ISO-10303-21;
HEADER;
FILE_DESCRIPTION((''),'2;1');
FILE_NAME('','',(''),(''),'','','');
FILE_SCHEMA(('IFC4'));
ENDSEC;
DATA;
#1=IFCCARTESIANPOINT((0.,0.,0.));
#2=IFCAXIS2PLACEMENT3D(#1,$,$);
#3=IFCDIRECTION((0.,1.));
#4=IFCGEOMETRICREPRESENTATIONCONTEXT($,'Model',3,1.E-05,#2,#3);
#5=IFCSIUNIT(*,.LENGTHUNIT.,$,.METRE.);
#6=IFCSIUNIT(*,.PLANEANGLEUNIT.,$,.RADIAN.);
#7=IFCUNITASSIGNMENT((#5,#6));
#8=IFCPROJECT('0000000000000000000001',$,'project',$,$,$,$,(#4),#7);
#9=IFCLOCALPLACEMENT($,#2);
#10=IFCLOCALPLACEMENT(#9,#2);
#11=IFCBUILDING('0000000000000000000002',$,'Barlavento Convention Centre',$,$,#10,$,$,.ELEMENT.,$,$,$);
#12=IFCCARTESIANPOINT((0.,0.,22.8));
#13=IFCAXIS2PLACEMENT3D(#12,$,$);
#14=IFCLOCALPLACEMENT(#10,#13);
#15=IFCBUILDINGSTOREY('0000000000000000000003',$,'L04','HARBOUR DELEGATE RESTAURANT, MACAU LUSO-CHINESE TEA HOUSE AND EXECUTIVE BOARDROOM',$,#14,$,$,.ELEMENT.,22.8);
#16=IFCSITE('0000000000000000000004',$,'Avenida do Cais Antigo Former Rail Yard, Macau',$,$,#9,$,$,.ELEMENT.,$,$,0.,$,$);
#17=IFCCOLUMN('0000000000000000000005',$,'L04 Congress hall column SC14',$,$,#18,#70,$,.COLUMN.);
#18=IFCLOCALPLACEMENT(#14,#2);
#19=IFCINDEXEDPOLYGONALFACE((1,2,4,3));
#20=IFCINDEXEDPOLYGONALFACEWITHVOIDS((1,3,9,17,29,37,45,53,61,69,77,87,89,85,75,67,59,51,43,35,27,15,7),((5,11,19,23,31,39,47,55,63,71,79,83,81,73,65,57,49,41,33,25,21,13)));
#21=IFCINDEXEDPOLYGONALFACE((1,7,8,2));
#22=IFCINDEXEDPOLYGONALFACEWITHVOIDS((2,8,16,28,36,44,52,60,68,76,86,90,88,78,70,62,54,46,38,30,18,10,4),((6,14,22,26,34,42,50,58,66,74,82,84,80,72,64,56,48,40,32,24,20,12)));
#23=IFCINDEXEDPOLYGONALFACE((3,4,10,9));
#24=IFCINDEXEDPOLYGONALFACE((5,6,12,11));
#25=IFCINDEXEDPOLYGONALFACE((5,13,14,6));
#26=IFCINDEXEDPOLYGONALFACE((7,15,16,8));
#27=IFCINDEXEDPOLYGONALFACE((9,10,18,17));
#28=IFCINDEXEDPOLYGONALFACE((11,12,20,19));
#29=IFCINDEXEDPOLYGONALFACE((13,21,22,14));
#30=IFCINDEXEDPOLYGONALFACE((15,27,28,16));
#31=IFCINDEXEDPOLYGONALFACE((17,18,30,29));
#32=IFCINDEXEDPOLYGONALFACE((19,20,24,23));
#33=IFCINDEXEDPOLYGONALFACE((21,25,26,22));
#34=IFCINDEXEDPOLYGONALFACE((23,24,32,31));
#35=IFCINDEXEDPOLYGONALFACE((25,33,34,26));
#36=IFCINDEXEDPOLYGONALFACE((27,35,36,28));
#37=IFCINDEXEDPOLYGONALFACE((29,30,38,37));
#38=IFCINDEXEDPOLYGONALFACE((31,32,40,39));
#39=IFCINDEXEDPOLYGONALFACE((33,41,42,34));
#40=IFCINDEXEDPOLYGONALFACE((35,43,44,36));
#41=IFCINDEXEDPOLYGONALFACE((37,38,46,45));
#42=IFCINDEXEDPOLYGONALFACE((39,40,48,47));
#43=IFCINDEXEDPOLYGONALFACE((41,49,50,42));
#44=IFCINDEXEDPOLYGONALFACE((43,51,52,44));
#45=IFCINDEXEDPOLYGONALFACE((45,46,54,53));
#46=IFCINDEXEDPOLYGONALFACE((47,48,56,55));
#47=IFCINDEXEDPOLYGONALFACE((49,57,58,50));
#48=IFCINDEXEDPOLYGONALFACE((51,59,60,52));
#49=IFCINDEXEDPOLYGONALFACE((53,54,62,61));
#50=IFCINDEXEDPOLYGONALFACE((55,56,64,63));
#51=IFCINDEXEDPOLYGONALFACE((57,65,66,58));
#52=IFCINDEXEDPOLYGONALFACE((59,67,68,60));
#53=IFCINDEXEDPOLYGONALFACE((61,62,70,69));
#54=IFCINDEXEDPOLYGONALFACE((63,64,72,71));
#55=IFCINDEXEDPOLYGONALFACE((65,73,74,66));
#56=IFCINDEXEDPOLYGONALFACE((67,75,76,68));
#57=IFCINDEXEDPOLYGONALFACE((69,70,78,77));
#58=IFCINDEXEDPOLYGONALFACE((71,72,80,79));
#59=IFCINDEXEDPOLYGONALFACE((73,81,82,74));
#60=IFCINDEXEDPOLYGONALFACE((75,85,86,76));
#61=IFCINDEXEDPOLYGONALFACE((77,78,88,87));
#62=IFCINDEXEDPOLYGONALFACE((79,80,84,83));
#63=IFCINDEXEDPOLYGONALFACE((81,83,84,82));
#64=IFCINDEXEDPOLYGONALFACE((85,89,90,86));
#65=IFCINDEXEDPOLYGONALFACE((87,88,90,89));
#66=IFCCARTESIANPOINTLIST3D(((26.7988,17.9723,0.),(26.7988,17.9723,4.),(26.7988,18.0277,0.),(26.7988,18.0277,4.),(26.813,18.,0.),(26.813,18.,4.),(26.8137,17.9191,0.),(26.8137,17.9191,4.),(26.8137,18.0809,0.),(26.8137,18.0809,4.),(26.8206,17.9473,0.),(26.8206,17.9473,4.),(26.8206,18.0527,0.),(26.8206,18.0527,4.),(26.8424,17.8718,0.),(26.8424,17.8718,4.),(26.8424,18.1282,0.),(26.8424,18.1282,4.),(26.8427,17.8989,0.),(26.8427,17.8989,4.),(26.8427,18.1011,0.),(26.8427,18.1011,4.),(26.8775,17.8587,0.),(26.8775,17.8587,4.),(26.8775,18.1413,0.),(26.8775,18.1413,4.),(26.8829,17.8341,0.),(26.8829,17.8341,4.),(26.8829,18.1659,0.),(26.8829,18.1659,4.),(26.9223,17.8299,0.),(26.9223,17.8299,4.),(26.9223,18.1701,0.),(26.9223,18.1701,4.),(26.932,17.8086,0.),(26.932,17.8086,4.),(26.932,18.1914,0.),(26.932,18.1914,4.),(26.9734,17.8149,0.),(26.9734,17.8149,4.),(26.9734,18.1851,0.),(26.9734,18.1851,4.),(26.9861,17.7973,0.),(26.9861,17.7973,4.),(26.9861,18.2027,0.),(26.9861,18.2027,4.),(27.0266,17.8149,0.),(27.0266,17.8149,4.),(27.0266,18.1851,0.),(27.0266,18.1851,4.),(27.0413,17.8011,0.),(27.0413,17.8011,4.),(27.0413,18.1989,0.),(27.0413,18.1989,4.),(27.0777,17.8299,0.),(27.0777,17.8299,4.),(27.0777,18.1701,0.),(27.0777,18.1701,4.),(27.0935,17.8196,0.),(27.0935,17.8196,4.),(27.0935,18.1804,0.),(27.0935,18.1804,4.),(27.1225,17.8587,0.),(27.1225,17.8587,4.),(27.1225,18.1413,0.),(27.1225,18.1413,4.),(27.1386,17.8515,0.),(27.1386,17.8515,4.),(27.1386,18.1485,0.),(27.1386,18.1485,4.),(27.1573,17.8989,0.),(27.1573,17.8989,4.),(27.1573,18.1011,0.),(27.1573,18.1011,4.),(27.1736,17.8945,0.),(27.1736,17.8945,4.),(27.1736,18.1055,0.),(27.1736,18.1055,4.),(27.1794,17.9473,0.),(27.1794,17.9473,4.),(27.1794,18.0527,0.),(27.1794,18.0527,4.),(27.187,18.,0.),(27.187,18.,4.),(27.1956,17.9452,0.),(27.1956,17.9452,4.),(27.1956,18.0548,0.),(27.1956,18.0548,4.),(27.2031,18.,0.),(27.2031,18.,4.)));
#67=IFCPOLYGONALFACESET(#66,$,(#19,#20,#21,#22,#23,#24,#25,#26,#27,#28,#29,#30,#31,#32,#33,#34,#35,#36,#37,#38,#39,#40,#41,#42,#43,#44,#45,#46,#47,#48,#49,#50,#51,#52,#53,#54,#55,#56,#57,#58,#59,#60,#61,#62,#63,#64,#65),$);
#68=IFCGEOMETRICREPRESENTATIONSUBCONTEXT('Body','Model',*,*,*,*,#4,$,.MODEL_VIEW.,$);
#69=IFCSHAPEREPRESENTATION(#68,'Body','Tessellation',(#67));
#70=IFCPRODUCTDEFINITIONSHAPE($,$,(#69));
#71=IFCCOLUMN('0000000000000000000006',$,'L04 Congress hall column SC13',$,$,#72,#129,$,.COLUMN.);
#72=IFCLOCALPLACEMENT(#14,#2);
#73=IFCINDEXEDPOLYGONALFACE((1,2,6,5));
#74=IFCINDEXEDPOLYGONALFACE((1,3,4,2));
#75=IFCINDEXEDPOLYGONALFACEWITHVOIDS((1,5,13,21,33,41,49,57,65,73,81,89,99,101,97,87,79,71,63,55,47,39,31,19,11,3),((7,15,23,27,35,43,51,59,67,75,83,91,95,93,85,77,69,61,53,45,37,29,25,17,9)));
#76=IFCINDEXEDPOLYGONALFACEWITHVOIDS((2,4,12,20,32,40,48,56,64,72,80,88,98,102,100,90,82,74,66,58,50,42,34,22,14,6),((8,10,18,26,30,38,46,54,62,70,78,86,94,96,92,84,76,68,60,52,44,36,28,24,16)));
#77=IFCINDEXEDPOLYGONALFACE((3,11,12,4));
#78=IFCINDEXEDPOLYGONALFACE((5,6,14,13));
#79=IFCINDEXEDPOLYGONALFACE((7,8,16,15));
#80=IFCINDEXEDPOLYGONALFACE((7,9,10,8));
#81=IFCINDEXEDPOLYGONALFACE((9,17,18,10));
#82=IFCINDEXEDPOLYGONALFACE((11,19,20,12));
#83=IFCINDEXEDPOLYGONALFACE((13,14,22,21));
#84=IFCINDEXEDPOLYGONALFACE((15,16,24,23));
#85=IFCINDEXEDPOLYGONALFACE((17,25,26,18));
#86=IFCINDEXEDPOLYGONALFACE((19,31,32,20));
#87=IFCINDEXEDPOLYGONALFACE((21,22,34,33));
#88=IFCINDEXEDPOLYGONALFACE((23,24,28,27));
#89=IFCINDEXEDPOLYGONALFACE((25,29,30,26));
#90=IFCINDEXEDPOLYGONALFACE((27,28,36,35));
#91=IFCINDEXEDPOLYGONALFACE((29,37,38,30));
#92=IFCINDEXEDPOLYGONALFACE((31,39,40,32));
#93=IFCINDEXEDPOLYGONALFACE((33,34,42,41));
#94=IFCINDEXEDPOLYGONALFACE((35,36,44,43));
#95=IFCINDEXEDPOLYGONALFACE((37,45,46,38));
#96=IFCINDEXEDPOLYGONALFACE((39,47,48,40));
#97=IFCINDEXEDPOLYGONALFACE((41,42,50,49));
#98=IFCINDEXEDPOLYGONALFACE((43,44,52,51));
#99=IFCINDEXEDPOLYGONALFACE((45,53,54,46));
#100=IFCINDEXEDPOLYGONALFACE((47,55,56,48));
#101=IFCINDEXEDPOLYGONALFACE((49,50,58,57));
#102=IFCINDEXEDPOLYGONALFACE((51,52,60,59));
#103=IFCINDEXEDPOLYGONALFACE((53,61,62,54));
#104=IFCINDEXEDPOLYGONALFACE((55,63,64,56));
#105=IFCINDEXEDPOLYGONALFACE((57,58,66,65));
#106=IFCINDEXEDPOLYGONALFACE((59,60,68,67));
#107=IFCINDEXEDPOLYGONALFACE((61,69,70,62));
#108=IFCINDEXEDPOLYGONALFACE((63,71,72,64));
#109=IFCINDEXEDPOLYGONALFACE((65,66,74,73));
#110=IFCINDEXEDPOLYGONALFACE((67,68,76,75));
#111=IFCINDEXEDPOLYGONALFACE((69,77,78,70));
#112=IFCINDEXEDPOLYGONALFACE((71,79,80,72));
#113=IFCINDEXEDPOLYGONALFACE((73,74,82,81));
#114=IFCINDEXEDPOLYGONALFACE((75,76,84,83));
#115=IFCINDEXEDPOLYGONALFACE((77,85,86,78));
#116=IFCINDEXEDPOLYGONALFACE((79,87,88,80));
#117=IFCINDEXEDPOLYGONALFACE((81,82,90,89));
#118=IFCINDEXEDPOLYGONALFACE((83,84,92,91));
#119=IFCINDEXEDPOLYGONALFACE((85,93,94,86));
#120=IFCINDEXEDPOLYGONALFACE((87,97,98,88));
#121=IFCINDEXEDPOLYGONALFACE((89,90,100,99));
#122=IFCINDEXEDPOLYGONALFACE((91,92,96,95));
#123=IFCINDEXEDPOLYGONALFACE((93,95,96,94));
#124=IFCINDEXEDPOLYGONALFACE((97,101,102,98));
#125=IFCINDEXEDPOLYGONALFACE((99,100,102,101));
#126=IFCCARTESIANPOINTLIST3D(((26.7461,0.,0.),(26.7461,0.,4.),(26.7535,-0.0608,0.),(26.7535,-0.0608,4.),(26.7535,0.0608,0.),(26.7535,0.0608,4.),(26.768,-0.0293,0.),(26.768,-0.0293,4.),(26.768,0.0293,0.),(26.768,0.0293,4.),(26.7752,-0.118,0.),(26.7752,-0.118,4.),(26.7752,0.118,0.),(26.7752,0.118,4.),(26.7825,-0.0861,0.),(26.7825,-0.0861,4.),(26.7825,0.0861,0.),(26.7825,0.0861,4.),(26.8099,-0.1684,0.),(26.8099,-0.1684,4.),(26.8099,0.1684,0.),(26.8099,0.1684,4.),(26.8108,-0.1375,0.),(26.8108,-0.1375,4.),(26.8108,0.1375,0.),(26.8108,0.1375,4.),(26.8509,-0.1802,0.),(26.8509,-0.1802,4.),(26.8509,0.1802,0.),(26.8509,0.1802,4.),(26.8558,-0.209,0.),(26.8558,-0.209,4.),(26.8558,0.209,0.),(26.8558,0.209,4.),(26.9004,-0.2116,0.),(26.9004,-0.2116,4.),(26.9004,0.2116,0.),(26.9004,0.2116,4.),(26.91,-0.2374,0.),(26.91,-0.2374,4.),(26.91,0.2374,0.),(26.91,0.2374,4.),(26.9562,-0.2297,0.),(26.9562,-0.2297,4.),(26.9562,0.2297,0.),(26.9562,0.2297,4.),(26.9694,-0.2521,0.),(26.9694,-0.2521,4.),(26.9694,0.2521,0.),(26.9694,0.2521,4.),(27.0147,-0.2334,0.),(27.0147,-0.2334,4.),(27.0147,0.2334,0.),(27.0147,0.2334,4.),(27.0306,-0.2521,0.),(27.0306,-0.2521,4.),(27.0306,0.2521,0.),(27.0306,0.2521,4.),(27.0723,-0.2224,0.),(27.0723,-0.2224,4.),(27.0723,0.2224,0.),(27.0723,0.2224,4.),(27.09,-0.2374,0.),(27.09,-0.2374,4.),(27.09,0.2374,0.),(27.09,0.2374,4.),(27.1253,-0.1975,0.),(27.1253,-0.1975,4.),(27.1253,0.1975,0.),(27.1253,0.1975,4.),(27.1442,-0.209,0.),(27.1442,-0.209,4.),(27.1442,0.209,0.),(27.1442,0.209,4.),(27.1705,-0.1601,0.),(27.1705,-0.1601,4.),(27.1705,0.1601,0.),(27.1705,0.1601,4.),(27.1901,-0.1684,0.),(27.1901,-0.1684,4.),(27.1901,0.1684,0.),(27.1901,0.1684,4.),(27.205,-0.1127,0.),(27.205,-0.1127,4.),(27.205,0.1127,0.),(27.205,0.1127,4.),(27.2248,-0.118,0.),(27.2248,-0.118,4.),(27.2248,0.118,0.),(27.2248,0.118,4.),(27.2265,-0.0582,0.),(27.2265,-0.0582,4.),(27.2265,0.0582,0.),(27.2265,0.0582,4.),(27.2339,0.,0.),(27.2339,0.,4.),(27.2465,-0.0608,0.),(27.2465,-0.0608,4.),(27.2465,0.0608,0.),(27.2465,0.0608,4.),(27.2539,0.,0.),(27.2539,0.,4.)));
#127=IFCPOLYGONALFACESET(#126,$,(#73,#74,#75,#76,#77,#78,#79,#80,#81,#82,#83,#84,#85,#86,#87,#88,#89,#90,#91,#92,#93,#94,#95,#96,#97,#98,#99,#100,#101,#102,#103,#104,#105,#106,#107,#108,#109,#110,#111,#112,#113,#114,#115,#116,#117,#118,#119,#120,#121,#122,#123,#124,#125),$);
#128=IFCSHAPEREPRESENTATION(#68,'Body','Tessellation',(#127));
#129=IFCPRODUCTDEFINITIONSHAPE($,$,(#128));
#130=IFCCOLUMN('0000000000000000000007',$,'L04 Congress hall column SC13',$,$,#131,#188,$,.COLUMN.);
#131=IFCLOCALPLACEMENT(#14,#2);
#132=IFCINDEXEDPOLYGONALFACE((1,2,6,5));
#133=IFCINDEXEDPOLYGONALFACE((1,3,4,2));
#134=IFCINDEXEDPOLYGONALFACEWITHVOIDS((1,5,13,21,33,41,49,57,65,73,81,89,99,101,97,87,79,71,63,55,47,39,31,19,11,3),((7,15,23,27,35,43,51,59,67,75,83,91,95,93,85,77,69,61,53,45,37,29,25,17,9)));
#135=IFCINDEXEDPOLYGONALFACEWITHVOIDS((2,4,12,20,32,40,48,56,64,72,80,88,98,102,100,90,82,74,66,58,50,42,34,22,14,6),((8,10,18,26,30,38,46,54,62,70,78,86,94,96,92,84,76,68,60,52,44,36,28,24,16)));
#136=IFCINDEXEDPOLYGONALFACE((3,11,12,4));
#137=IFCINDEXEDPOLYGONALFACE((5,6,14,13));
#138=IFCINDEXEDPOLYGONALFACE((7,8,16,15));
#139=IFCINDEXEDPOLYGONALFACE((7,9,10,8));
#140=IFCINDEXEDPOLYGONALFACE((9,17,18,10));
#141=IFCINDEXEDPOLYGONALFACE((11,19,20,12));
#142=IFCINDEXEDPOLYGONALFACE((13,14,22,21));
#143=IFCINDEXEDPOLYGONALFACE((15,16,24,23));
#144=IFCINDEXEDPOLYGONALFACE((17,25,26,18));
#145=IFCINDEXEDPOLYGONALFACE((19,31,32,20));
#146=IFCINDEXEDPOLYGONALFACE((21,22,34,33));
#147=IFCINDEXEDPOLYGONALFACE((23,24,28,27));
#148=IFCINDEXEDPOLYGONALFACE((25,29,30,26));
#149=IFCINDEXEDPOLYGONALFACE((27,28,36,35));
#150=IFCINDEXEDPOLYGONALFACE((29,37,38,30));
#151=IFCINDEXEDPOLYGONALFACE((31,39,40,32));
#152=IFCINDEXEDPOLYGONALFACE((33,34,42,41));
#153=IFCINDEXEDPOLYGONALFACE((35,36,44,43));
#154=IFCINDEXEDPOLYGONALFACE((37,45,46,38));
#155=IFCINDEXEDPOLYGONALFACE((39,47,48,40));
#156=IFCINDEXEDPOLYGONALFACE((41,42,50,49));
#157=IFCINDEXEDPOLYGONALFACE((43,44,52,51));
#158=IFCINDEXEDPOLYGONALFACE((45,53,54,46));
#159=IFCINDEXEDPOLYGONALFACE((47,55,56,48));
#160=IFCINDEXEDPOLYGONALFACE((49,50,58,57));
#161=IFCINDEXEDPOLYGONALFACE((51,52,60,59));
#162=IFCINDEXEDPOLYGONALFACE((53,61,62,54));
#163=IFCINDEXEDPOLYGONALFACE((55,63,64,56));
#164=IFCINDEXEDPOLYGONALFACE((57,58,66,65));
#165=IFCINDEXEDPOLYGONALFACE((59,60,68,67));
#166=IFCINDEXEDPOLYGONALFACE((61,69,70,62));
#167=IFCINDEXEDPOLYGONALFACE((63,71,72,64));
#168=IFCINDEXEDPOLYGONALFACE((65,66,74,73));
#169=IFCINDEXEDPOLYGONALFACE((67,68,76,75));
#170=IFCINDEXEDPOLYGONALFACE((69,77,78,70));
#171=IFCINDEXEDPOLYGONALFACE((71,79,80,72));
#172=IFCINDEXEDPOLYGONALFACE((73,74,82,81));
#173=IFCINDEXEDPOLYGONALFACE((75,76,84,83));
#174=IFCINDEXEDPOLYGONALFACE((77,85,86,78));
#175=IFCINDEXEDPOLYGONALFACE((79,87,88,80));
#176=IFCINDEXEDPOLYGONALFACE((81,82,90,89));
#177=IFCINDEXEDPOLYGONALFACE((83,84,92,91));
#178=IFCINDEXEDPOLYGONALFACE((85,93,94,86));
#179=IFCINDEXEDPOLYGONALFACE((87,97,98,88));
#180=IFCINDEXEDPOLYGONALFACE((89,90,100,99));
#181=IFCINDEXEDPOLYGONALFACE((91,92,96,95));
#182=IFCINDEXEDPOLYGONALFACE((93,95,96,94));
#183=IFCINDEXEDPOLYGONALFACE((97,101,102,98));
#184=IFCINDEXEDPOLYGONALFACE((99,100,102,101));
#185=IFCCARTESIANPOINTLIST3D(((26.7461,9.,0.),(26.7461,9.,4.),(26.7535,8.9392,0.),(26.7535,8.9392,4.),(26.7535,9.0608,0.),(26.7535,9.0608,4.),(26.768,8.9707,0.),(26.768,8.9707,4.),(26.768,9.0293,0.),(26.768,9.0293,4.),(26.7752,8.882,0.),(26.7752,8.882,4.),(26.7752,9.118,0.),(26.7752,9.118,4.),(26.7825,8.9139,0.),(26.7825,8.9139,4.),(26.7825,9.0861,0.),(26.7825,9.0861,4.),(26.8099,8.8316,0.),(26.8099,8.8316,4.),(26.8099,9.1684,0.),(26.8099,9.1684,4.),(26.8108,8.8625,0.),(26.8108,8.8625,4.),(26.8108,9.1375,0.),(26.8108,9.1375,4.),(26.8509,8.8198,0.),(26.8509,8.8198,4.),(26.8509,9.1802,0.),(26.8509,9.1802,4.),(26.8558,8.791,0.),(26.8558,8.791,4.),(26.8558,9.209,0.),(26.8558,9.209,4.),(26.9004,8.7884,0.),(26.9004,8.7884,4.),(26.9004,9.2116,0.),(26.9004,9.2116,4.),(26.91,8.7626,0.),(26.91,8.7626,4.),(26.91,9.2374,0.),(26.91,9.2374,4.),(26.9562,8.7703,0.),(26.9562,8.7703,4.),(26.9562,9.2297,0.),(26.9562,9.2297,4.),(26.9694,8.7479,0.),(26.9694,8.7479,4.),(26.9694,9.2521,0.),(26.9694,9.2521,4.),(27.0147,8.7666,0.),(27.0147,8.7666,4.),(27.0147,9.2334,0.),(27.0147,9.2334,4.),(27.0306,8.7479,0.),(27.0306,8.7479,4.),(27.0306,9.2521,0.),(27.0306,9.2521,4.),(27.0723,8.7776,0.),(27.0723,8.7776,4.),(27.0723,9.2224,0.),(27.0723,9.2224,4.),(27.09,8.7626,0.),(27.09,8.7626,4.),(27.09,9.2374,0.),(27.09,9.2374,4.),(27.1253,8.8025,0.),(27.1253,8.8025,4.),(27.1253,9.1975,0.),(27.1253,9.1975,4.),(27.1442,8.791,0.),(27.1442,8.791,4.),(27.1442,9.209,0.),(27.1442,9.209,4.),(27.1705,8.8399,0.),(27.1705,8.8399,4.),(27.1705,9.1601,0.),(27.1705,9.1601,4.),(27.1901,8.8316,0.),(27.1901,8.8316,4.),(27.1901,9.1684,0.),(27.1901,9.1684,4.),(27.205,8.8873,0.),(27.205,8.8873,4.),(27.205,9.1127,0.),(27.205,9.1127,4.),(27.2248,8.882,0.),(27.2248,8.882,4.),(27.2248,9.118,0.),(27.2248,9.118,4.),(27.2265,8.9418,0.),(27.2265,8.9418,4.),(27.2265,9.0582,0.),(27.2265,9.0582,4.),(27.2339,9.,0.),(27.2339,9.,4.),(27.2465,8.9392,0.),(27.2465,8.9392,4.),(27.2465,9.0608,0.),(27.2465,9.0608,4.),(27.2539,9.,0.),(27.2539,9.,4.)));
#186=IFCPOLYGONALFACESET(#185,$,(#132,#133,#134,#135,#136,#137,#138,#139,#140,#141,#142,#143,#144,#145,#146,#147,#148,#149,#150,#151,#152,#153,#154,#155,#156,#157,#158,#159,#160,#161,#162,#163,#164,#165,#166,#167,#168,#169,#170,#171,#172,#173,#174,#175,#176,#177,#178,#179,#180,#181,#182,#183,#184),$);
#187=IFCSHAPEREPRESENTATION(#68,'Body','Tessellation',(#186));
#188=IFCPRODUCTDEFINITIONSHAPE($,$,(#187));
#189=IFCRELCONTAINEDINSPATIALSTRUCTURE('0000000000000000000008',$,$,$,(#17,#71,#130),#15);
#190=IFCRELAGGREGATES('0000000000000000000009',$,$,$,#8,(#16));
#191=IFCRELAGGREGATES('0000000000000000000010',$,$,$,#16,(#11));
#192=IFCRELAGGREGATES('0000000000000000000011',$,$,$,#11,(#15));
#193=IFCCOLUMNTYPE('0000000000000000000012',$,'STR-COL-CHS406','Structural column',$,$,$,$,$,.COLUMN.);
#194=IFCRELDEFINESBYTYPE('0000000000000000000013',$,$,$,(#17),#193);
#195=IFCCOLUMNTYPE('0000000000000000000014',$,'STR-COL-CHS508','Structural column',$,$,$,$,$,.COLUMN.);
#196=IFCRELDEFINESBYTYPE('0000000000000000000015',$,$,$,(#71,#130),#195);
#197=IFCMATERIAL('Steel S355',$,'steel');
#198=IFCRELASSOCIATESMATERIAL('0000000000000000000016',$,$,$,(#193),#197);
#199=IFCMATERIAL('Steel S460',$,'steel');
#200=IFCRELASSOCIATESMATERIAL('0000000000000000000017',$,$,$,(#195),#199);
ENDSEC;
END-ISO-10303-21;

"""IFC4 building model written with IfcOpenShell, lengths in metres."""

from ifc_helpers import new_model, si_unit, direction, frame, origin, origin_2d, place, context, subcontext, project, spatial, hollow_circle, extrude, material, material_profile, profile_set, type_object, element, save


model = new_model("IFC4")

# Units and contexts
model_context = context("Model", 3, precision=1e-05, world=origin(), true_north=direction((0.0, 1.0)))
body_context = subcontext(model_context, "Body", "Model", "MODEL_VIEW")
ifc_project = project(units=[si_unit("LENGTHUNIT", "METRE"), si_unit("PLANEANGLEUNIT", "RADIAN")], contexts=[model_context])

# Site, building, storey
site_placement = place(None, origin())
site = spatial("IfcSite", under=ifc_project, at=site_placement, Name="Avenida do Cais Antigo Former Rail Yard, Macau", CompositionType="ELEMENT", RefElevation=0.0)
building_placement = place(site_placement, origin())
building = spatial("IfcBuilding", under=site, at=building_placement, Name="Barlavento Convention Centre", CompositionType="ELEMENT")
storey_placement = place(building_placement, frame((0.0, 0.0, 22.8)))
storey = spatial("IfcBuildingStorey", under=building, at=storey_placement, Name="L04", Description="HARBOUR DELEGATE RESTAURANT, MACAU LUSO-CHINESE TEA HOUSE AND EXECUTIVE BOARDROOM", CompositionType="ELEMENT", Elevation=22.8)

# Columns
ifc_material_1 = material(Name="Steel S355", Category="steel")
ifc_material_profile_1 = material_profile(ifc_material_1, hollow_circle(Radius=0.2031, WallThickness=0.0161, at=origin_2d()), Name="CHS 406.4x16.0")
ifc_profile_set_1 = profile_set([ifc_material_profile_1], Name="Steel S355")
column_type_1 = type_object("IfcColumnType", Name="STR-COL-CHS406", Description="Structural column", PredefinedType="COLUMN", material=ifc_profile_set_1)
column_1_placement = place(storey_placement, frame((27.0, 18.0, 0.0), z_axis=(0.0, 0.0, 1.0), x_axis=(1.0, 0.0, 0.0)))
element("IfcColumn", 1, at=column_1_placement, inside=storey, type_object=column_type_1, Name="L04 Congress hall column SC14", PredefinedType="COLUMN", context=body_context, shape_type="SweptSolid", body=[
    extrude(hollow_circle(Radius=0.2031, WallThickness=0.0161, at=origin_2d()), origin(), (0.0, 0.0, 1.0), 4.0),
])
ifc_material_2 = material(Name="Steel S460", Category="steel")
ifc_material_profile_2 = material_profile(ifc_material_2, hollow_circle(Radius=0.2539, WallThickness=0.02, at=origin_2d()), Name="CHS 508.0x20.0")
ifc_profile_set_2 = profile_set([ifc_material_profile_2], Name="Steel S460")
column_type_2 = type_object("IfcColumnType", Name="STR-COL-CHS508", Description="Structural column", PredefinedType="COLUMN", material=ifc_profile_set_2)
for number, where, z_axis, x_axis, name in (
    (2, (27.0, 0.0, 0.0), (0.0, 0.0, 1.0), (1.0, 0.0, 0.0), "L04 Congress hall column SC13"),
    (3, (27.0, 9.0, 0.0), (0.0, 0.0, 1.0), (1.0, 0.0, 0.0), "L04 Congress hall column SC13"),
):
    element("IfcColumn", number, at=place(storey_placement, frame(where, z_axis=z_axis, x_axis=x_axis)), inside=storey, type_object=column_type_2, Name=name, PredefinedType="COLUMN", context=body_context, shape_type="SweptSolid", body=[
        extrude(hollow_circle(Radius=0.2539, WallThickness=0.02, at=origin_2d()), origin(), (0.0, 0.0, 1.0), 4.0),
    ])

save(model, "model.ifc")
